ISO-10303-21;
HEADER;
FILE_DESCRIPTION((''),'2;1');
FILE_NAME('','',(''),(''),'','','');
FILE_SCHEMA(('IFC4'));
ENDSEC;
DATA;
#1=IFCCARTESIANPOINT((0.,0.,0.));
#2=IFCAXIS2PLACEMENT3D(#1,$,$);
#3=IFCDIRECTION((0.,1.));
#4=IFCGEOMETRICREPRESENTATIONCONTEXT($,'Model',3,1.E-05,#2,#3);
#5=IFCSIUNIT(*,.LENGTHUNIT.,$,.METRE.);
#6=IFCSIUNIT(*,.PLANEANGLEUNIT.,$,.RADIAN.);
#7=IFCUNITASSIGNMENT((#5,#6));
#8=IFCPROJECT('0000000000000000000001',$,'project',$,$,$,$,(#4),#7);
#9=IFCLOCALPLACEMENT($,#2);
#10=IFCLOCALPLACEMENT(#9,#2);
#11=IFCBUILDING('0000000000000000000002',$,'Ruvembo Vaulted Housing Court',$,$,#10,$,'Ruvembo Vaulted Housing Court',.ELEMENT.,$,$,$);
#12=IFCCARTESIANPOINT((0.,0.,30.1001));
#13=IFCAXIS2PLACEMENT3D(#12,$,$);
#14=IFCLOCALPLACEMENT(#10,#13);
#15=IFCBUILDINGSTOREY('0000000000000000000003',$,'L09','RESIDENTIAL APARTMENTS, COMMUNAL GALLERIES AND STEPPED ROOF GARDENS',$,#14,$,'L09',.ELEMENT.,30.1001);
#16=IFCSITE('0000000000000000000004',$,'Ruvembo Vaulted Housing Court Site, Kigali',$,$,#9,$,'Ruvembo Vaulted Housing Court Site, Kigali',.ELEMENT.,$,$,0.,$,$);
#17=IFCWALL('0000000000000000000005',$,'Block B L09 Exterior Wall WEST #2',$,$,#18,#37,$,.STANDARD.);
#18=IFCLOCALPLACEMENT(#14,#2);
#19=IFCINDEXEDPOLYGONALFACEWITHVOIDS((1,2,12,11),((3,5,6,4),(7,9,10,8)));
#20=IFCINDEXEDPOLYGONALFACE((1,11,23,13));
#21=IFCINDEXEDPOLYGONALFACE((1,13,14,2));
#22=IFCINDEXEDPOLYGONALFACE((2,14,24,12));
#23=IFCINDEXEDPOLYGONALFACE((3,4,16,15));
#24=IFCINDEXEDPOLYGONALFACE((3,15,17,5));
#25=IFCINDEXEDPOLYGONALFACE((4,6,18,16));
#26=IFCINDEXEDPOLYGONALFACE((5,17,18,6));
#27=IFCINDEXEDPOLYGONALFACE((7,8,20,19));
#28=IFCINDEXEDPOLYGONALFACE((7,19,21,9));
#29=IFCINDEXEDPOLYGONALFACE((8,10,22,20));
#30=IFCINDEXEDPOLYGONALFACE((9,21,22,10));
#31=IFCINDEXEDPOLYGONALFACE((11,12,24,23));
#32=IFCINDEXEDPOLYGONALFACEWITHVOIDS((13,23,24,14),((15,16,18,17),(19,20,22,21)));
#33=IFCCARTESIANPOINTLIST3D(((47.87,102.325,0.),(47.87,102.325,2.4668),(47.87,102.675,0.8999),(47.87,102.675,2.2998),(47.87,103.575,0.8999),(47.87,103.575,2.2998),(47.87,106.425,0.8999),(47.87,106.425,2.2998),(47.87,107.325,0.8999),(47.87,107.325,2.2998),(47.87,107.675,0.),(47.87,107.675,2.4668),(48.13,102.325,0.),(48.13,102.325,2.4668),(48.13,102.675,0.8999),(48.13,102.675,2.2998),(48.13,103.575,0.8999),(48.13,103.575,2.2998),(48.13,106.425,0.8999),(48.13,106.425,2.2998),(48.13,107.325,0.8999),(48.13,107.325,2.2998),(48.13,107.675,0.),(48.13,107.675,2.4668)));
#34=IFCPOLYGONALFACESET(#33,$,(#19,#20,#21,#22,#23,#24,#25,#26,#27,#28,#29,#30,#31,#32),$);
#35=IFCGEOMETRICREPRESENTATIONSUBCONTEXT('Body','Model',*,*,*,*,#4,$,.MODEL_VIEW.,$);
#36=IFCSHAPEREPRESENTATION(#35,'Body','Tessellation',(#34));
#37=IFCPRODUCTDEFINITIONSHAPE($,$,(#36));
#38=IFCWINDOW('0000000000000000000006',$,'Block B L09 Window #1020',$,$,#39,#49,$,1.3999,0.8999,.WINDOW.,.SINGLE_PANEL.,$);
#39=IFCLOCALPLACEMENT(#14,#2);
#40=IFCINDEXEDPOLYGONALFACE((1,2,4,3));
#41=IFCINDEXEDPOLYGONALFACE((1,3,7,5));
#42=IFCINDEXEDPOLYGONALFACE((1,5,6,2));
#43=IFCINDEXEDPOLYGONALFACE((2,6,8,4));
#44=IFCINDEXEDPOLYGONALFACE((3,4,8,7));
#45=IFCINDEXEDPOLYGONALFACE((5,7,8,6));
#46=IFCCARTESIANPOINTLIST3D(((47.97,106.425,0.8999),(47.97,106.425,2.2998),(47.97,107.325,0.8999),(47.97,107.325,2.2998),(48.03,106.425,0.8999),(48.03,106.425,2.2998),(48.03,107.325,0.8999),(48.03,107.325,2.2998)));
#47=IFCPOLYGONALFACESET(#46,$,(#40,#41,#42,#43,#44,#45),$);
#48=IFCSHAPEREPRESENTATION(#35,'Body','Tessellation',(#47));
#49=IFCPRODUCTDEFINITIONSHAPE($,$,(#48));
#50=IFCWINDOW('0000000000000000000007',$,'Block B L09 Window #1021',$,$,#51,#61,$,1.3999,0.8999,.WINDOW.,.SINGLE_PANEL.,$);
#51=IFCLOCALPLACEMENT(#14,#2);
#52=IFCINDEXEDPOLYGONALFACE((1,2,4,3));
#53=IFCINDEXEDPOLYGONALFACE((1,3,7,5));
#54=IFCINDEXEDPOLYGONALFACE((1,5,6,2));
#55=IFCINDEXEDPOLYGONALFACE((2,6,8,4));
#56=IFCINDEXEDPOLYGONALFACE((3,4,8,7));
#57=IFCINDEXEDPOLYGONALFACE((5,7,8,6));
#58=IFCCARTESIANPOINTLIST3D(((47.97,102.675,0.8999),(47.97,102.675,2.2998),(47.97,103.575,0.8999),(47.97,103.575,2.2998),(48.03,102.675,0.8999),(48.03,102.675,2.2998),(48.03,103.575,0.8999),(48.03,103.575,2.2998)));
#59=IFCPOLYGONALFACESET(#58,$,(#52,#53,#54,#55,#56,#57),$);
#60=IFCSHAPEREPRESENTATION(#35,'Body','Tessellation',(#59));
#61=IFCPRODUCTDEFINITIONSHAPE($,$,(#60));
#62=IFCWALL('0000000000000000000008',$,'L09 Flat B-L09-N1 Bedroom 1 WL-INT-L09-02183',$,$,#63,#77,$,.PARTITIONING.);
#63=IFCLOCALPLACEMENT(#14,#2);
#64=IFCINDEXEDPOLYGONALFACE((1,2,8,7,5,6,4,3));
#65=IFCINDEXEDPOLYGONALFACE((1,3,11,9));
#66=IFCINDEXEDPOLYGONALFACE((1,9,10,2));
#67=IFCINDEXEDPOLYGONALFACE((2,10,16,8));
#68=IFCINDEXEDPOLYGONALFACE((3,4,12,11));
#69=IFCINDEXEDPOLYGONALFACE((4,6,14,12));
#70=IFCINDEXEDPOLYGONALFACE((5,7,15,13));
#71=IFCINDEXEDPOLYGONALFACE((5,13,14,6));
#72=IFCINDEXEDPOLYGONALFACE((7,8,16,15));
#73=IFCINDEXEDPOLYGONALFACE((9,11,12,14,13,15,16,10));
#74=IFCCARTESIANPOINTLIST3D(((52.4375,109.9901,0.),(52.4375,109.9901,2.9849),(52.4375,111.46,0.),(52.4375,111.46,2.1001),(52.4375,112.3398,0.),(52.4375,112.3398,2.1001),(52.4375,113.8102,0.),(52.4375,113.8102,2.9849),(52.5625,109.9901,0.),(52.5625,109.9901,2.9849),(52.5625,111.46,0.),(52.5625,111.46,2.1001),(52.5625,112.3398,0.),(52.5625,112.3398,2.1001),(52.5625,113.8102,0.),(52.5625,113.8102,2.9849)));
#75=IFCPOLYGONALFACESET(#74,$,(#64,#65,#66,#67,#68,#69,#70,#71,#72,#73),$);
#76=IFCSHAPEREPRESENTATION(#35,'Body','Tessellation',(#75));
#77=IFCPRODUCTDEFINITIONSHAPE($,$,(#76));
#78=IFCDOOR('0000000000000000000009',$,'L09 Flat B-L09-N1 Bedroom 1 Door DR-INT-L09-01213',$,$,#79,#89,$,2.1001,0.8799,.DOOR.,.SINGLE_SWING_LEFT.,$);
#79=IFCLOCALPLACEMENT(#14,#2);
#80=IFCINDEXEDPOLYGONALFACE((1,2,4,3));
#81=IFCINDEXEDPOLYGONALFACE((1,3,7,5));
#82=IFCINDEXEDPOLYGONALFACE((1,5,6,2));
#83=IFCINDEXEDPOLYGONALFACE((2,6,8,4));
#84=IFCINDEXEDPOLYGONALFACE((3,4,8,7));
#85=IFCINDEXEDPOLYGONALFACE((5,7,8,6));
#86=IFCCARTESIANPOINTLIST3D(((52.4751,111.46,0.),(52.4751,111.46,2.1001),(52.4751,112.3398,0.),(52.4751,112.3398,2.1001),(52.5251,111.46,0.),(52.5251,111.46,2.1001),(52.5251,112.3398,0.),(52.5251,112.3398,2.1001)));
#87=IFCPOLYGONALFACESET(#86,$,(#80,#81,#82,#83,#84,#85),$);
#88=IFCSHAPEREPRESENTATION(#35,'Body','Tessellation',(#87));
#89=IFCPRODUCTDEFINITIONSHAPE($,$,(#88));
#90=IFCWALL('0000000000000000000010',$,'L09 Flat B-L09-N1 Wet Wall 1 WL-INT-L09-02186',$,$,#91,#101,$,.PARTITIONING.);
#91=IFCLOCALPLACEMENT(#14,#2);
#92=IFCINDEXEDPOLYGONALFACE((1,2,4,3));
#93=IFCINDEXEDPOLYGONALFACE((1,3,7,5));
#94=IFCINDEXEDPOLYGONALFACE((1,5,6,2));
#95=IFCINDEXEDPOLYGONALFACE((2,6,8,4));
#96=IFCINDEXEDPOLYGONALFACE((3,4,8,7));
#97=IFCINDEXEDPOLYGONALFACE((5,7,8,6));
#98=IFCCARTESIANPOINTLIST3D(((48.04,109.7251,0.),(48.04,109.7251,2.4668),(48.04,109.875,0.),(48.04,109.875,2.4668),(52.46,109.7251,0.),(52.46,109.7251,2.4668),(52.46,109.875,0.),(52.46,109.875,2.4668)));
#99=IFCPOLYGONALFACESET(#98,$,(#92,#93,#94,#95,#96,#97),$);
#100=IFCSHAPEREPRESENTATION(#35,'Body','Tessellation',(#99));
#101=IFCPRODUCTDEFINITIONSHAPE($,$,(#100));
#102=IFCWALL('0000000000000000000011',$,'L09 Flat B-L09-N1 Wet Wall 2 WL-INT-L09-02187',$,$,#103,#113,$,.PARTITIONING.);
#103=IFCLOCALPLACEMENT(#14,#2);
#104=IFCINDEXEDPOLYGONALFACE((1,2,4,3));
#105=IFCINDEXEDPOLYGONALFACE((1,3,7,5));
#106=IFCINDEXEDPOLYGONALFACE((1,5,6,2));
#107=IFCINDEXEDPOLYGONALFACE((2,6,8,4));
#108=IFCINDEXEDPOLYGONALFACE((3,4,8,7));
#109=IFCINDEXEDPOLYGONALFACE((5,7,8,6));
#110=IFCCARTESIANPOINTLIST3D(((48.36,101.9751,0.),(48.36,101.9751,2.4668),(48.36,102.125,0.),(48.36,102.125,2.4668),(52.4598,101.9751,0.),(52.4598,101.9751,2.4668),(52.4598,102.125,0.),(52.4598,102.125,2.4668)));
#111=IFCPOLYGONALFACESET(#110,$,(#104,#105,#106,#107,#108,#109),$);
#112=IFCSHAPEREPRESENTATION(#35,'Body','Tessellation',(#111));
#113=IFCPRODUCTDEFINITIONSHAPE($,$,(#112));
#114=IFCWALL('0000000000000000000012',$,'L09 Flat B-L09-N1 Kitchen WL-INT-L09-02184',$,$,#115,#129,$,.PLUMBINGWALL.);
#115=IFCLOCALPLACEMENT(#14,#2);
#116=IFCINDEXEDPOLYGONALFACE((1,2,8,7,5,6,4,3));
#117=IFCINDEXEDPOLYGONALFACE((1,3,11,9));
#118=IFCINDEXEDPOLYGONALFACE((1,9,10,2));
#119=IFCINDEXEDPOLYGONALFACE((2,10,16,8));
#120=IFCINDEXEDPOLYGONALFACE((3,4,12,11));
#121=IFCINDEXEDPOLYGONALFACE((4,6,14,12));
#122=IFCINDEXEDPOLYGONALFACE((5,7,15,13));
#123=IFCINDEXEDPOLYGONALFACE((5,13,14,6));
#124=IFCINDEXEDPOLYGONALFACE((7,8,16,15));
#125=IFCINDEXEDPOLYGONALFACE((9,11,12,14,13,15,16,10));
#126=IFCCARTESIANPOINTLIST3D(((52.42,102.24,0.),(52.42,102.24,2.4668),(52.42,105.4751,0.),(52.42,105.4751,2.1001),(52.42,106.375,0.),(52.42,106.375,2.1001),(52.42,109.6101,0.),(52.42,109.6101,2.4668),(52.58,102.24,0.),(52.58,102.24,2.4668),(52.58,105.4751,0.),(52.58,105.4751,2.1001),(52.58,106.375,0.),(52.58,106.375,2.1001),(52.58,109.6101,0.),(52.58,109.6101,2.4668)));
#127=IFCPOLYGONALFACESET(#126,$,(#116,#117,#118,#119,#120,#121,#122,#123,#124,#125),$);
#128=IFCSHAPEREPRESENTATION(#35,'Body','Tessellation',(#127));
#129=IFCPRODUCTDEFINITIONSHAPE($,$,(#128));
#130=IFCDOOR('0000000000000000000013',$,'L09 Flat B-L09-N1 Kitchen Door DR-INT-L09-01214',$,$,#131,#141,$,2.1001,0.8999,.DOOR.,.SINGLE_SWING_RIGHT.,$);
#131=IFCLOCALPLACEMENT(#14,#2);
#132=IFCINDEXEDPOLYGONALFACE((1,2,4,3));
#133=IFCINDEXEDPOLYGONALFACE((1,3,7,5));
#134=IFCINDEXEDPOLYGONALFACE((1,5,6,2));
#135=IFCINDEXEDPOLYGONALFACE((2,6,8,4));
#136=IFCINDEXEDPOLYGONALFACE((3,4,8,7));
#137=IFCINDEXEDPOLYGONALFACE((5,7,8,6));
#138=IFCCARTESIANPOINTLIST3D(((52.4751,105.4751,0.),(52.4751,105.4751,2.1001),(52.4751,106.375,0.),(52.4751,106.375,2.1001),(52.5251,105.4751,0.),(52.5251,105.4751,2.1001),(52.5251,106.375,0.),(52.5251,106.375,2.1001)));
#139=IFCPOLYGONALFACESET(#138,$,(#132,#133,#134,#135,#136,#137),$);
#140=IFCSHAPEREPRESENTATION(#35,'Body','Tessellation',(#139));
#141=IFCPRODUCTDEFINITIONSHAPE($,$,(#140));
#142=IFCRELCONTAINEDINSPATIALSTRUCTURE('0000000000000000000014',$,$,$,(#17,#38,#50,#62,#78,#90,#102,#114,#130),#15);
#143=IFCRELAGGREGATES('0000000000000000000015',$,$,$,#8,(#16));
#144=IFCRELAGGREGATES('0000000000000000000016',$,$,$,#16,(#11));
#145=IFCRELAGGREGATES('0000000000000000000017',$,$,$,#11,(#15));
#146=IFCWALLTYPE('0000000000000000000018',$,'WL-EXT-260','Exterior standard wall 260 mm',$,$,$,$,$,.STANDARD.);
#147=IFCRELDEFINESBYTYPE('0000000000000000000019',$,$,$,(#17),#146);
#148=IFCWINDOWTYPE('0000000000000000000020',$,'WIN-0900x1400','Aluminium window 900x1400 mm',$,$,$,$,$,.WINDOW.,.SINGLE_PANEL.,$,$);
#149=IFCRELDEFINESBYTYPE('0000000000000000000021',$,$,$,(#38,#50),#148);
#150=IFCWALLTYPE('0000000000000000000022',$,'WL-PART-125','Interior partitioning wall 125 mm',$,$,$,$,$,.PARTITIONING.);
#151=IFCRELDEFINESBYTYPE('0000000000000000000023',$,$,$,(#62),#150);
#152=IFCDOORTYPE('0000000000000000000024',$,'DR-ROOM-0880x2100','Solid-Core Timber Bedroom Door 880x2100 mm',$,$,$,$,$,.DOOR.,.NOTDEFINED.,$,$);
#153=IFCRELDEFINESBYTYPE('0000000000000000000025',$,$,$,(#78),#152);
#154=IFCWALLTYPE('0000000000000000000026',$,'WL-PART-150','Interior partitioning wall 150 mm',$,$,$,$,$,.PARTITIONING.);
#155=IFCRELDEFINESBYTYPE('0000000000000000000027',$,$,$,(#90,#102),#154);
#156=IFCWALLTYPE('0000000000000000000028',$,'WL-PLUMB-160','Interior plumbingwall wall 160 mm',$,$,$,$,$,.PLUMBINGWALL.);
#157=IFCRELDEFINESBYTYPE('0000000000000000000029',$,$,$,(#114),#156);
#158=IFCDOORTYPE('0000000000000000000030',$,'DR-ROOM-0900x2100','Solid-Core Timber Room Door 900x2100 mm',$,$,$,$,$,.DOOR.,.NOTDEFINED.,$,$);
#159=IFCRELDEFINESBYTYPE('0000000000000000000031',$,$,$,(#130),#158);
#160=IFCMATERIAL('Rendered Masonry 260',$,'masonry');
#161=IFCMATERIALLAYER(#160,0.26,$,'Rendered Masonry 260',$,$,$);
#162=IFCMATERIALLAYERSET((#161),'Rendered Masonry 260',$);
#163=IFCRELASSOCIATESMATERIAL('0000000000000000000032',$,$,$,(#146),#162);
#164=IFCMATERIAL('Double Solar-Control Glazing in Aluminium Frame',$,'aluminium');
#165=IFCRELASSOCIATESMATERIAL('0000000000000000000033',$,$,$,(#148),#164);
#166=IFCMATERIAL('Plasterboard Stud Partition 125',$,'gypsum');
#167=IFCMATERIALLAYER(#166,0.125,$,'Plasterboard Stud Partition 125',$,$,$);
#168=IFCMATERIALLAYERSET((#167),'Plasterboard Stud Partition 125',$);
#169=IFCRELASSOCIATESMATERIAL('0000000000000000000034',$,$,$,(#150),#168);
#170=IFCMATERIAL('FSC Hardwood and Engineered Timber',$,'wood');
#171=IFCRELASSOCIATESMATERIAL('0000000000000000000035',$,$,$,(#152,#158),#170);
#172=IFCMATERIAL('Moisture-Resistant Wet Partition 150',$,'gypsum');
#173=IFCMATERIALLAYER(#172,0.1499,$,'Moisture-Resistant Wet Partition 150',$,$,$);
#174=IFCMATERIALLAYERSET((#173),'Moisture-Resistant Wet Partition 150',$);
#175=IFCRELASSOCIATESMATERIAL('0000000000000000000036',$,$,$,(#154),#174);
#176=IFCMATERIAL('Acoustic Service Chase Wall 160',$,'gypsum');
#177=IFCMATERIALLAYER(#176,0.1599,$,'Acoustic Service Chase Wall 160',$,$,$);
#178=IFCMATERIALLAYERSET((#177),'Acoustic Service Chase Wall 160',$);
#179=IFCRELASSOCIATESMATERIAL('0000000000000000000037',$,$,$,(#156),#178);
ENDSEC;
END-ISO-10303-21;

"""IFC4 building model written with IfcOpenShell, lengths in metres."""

from ifc_helpers import new_model, si_unit, direction, frame, frame_2d, origin, place, context, subcontext, project, spatial, rectangle, extrude, material, layer, layer_set, type_object, element, fill, save


model = new_model("IFC4")

# Units and contexts
model_context = context("Model", 3, precision=1e-05, world=origin(), true_north=direction((0.0, 1.0)))
body_context = subcontext(model_context, "Body", "Model", "MODEL_VIEW")
ifc_project = project(units=[si_unit("LENGTHUNIT", "METRE"), si_unit("PLANEANGLEUNIT", "RADIAN")], contexts=[model_context])

# Site, building, storey
site_placement = place(None, origin())
site = spatial("IfcSite", under=ifc_project, at=site_placement, Name="Ruvembo Vaulted Housing Court Site, Kigali", LongName="Ruvembo Vaulted Housing Court Site, Kigali", CompositionType="ELEMENT", RefElevation=0.0)
building_placement = place(site_placement, origin())
building = spatial("IfcBuilding", under=site, at=building_placement, Name="Ruvembo Vaulted Housing Court", LongName="Ruvembo Vaulted Housing Court", CompositionType="ELEMENT")
storey_placement = place(building_placement, frame((0.0, 0.0, 30.1001)))
storey = spatial("IfcBuildingStorey", under=building, at=storey_placement, Name="L09", Description="RESIDENTIAL APARTMENTS, COMMUNAL GALLERIES AND STEPPED ROOF GARDENS", LongName="L09", CompositionType="ELEMENT", Elevation=30.1001)

# Wall, openings, windows
ifc_material_1 = material(Name="Rendered Masonry 260", Category="masonry")
ifc_layer_1 = layer(ifc_material_1, 0.26, Name="Rendered Masonry 260")
ifc_layer_set_1 = layer_set([ifc_layer_1], Name="Rendered Masonry 260")
wall_type_1 = type_object("IfcWallType", Name="WL-EXT-260", Description="Exterior standard wall 260 mm", PredefinedType="STANDARD", material=ifc_layer_set_1)
ifc_material_2 = material(Name="Double Solar-Control Glazing in Aluminium Frame", Category="aluminium")
wall_1_placement = place(storey_placement, frame((48.0, 107.675, 0.0), z_axis=(0.0, 0.0, 1.0), x_axis=(0.0, -1.0, 0.0)))
wall_1 = element("IfcWall", 1, at=wall_1_placement, inside=storey, type_object=wall_type_1, Name="Block B L09 Exterior Wall WEST #2", PredefinedType="STANDARD", context=body_context, shape_type="SweptSolid", body=[
    extrude(rectangle(XDim=5.3501, YDim=0.26, at=frame_2d((2.675, 0.0))), origin(), (0.0, 0.0, 1.0), 2.4668),
])
opening_1_placement = place(wall_1_placement, frame((0.3501, 0.0, 0.8999)))
opening_1 = element("IfcOpeningElement", 2, at=opening_1_placement, cuts=wall_1, PredefinedType="OPENING", context=body_context, shape_type="SweptSolid", body=[
    extrude(rectangle(XDim=0.8999, YDim=1.3999, at=frame_2d((0.45, 0.7))), frame((0.0, 0.1399, 0.0), z_axis=(0.0, -1.0, 0.0), x_axis=(1.0, 0.0, 0.0)), (0.0, 0.0, 1.0), 0.28),
])
opening_2_placement = place(wall_1_placement, frame((4.1001, 0.0, 0.8999)))
opening_2 = element("IfcOpeningElement", 3, at=opening_2_placement, cuts=wall_1, PredefinedType="OPENING", context=body_context, shape_type="SweptSolid", body=[
    extrude(rectangle(XDim=0.8999, YDim=1.3999, at=frame_2d((0.45, 0.7))), frame((0.0, 0.1399, 0.0), z_axis=(0.0, -1.0, 0.0), x_axis=(1.0, 0.0, 0.0)), (0.0, 0.0, 1.0), 0.28),
])
window_type_1 = type_object("IfcWindowType", Name="WIN-0900x1400", Description="Aluminium window 900x1400 mm", PartitioningType="SINGLE_PANEL", PredefinedType="WINDOW", material=ifc_material_2)
window_1_placement = place(opening_1_placement, origin())
window_1 = element("IfcWindow", 4, at=window_1_placement, inside=storey, type_object=window_type_1, Name="Block B L09 Window #1020", OverallHeight=1.3999, OverallWidth=0.8999, PartitioningType="SINGLE_PANEL", PredefinedType="WINDOW", context=body_context, shape_type="SweptSolid", body=[
    extrude(rectangle(XDim=0.8999, YDim=1.3999, at=frame_2d((0.45, 0.7))), frame((0.0, 0.03, 0.0), z_axis=(0.0, -1.0, 0.0), x_axis=(1.0, 0.0, 0.0)), (0.0, 0.0, 1.0), 0.0601),
])
fill(opening_1, window_1)
window_2_placement = place(opening_2_placement, origin())
window_2 = element("IfcWindow", 5, at=window_2_placement, inside=storey, type_object=window_type_1, Name="Block B L09 Window #1021", OverallHeight=1.3999, OverallWidth=0.8999, PartitioningType="SINGLE_PANEL", PredefinedType="WINDOW", context=body_context, shape_type="SweptSolid", body=[
    extrude(rectangle(XDim=0.8999, YDim=1.3999, at=frame_2d((0.45, 0.7))), frame((0.0, 0.03, 0.0), z_axis=(0.0, -1.0, 0.0), x_axis=(1.0, 0.0, 0.0)), (0.0, 0.0, 1.0), 0.0601),
])
fill(opening_2, window_2)

# Wall, opening, door
ifc_material_3 = material(Name="Plasterboard Stud Partition 125", Category="gypsum")
ifc_layer_2 = layer(ifc_material_3, 0.125, Name="Plasterboard Stud Partition 125")
ifc_layer_set_2 = layer_set([ifc_layer_2], Name="Plasterboard Stud Partition 125")
wall_type_2 = type_object("IfcWallType", Name="WL-PART-125", Description="Interior partitioning wall 125 mm", PredefinedType="PARTITIONING", material=ifc_layer_set_2)
wall_2_placement = place(storey_placement, frame((52.5, 109.99, 0.0), z_axis=(0.0, 0.0, 1.0), x_axis=(0.0, 1.0, 0.0)))
wall_2 = element("IfcWall", 6, at=wall_2_placement, inside=storey, type_object=wall_type_2, Name="L09 Flat B-L09-N1 Bedroom 1 WL-INT-L09-02183", PredefinedType="PARTITIONING", context=body_context, shape_type="SweptSolid", body=[
    extrude(rectangle(XDim=3.8201, YDim=0.125, at=frame_2d((1.9102, 0.0))), origin(), (0.0, 0.0, 1.0), 2.9849),
])
opening_3_placement = place(wall_2_placement, frame((1.47, 0.0, 0.0)))
opening_3 = element("IfcOpeningElement", 7, at=opening_3_placement, cuts=wall_2, PredefinedType="OPENING", context=body_context, shape_type="SweptSolid", body=[
    extrude(rectangle(XDim=0.8799, YDim=2.1001, at=frame_2d((0.4399, 1.05))), frame((0.0, 0.0725, 0.0), z_axis=(0.0, -1.0, 0.0), x_axis=(1.0, 0.0, 0.0)), (0.0, 0.0, 1.0), 0.145),
])
ifc_material_4 = material(Name="FSC Hardwood and Engineered Timber", Category="wood")
door_type_1 = type_object("IfcDoorType", Name="DR-ROOM-0880x2100", Description="Solid-Core Timber Bedroom Door 880x2100 mm", OperationType="NOTDEFINED", PredefinedType="DOOR", material=ifc_material_4)
door_1_placement = place(opening_3_placement, origin())
door_1 = element("IfcDoor", 8, at=door_1_placement, inside=storey, type_object=door_type_1, Name="L09 Flat B-L09-N1 Bedroom 1 Door DR-INT-L09-01213", OperationType="SINGLE_SWING_LEFT", OverallHeight=2.1001, OverallWidth=0.8799, PredefinedType="DOOR", context=body_context, shape_type="SweptSolid", body=[
    extrude(rectangle(XDim=0.8799, YDim=2.1001, at=frame_2d((0.4399, 1.05))), frame((0.0, 0.0249, 0.0), z_axis=(0.0, -1.0, 0.0), x_axis=(1.0, 0.0, 0.0)), (0.0, 0.0, 1.0), 0.05),
])
fill(opening_3, door_1)

# Walls
ifc_material_5 = material(Name="Moisture-Resistant Wet Partition 150", Category="gypsum")
ifc_layer_3 = layer(ifc_material_5, 0.1499, Name="Moisture-Resistant Wet Partition 150")
ifc_layer_set_3 = layer_set([ifc_layer_3], Name="Moisture-Resistant Wet Partition 150")
wall_type_3 = type_object("IfcWallType", Name="WL-PART-150", Description="Interior partitioning wall 150 mm", PredefinedType="PARTITIONING", material=ifc_layer_set_3)
wall_3_placement = place(storey_placement, frame((48.04, 109.8, 0.0), z_axis=(0.0, 0.0, 1.0), x_axis=(1.0, 0.0, 0.0)))
element("IfcWall", 9, at=wall_3_placement, inside=storey, type_object=wall_type_3, Name="L09 Flat B-L09-N1 Wet Wall 1 WL-INT-L09-02186", PredefinedType="PARTITIONING", context=body_context, shape_type="SweptSolid", body=[
    extrude(rectangle(XDim=4.4199, YDim=0.1499, at=frame_2d((2.21, 0.0))), origin(), (0.0, 0.0, 1.0), 2.4668),
])
wall_4_placement = place(storey_placement, frame((48.3601, 102.05, 0.0), z_axis=(0.0, 0.0, 1.0), x_axis=(1.0, 0.0, 0.0)))
element("IfcWall", 10, at=wall_4_placement, inside=storey, type_object=wall_type_3, Name="L09 Flat B-L09-N1 Wet Wall 2 WL-INT-L09-02187", PredefinedType="PARTITIONING", context=body_context, shape_type="SweptSolid", body=[
    extrude(rectangle(XDim=4.0999, YDim=0.1499, at=frame_2d((2.0498, 0.0))), origin(), (0.0, 0.0, 1.0), 2.4668),
])

# Wall, opening, door
ifc_material_6 = material(Name="Acoustic Service Chase Wall 160", Category="gypsum")
ifc_layer_4 = layer(ifc_material_6, 0.1599, Name="Acoustic Service Chase Wall 160")
ifc_layer_set_4 = layer_set([ifc_layer_4], Name="Acoustic Service Chase Wall 160")
wall_type_4 = type_object("IfcWallType", Name="WL-PLUMB-160", Description="Interior plumbingwall wall 160 mm", PredefinedType="PLUMBINGWALL", material=ifc_layer_set_4)
wall_5_placement = place(storey_placement, frame((52.5, 102.24, 0.0), z_axis=(0.0, 0.0, 1.0), x_axis=(0.0, 1.0, 0.0)))
wall_5 = element("IfcWall", 11, at=wall_5_placement, inside=storey, type_object=wall_type_4, Name="L09 Flat B-L09-N1 Kitchen WL-INT-L09-02184", PredefinedType="PLUMBINGWALL", context=body_context, shape_type="SweptSolid", body=[
    extrude(rectangle(XDim=7.3701, YDim=0.1599, at=frame_2d((3.6851, 0.0))), origin(), (0.0, 0.0, 1.0), 2.4668),
])
opening_4_placement = place(wall_5_placement, frame((3.2351, 0.0, 0.0)))
opening_4 = element("IfcOpeningElement", 12, at=opening_4_placement, cuts=wall_5, PredefinedType="OPENING", context=body_context, shape_type="SweptSolid", body=[
    extrude(rectangle(XDim=0.8999, YDim=2.1001, at=frame_2d((0.45, 1.05))), frame((0.0, 0.0898, 0.0), z_axis=(0.0, -1.0, 0.0), x_axis=(1.0, 0.0, 0.0)), (0.0, 0.0, 1.0), 0.1799),
])
door_type_2 = type_object("IfcDoorType", Name="DR-ROOM-0900x2100", Description="Solid-Core Timber Room Door 900x2100 mm", OperationType="NOTDEFINED", PredefinedType="DOOR", material=ifc_material_4)
door_2_placement = place(opening_4_placement, origin())
door_2 = element("IfcDoor", 13, at=door_2_placement, inside=storey, type_object=door_type_2, Name="L09 Flat B-L09-N1 Kitchen Door DR-INT-L09-01214", OperationType="SINGLE_SWING_RIGHT", OverallHeight=2.1001, OverallWidth=0.8999, PredefinedType="DOOR", context=body_context, shape_type="SweptSolid", body=[
    extrude(rectangle(XDim=0.8999, YDim=2.1001, at=frame_2d((0.45, 1.05))), frame((0.0, 0.0249, 0.0), z_axis=(0.0, -1.0, 0.0), x_axis=(1.0, 0.0, 0.0)), (0.0, 0.0, 1.0), 0.05),
])
fill(opening_4, door_2)

save(model, "model.ifc")
